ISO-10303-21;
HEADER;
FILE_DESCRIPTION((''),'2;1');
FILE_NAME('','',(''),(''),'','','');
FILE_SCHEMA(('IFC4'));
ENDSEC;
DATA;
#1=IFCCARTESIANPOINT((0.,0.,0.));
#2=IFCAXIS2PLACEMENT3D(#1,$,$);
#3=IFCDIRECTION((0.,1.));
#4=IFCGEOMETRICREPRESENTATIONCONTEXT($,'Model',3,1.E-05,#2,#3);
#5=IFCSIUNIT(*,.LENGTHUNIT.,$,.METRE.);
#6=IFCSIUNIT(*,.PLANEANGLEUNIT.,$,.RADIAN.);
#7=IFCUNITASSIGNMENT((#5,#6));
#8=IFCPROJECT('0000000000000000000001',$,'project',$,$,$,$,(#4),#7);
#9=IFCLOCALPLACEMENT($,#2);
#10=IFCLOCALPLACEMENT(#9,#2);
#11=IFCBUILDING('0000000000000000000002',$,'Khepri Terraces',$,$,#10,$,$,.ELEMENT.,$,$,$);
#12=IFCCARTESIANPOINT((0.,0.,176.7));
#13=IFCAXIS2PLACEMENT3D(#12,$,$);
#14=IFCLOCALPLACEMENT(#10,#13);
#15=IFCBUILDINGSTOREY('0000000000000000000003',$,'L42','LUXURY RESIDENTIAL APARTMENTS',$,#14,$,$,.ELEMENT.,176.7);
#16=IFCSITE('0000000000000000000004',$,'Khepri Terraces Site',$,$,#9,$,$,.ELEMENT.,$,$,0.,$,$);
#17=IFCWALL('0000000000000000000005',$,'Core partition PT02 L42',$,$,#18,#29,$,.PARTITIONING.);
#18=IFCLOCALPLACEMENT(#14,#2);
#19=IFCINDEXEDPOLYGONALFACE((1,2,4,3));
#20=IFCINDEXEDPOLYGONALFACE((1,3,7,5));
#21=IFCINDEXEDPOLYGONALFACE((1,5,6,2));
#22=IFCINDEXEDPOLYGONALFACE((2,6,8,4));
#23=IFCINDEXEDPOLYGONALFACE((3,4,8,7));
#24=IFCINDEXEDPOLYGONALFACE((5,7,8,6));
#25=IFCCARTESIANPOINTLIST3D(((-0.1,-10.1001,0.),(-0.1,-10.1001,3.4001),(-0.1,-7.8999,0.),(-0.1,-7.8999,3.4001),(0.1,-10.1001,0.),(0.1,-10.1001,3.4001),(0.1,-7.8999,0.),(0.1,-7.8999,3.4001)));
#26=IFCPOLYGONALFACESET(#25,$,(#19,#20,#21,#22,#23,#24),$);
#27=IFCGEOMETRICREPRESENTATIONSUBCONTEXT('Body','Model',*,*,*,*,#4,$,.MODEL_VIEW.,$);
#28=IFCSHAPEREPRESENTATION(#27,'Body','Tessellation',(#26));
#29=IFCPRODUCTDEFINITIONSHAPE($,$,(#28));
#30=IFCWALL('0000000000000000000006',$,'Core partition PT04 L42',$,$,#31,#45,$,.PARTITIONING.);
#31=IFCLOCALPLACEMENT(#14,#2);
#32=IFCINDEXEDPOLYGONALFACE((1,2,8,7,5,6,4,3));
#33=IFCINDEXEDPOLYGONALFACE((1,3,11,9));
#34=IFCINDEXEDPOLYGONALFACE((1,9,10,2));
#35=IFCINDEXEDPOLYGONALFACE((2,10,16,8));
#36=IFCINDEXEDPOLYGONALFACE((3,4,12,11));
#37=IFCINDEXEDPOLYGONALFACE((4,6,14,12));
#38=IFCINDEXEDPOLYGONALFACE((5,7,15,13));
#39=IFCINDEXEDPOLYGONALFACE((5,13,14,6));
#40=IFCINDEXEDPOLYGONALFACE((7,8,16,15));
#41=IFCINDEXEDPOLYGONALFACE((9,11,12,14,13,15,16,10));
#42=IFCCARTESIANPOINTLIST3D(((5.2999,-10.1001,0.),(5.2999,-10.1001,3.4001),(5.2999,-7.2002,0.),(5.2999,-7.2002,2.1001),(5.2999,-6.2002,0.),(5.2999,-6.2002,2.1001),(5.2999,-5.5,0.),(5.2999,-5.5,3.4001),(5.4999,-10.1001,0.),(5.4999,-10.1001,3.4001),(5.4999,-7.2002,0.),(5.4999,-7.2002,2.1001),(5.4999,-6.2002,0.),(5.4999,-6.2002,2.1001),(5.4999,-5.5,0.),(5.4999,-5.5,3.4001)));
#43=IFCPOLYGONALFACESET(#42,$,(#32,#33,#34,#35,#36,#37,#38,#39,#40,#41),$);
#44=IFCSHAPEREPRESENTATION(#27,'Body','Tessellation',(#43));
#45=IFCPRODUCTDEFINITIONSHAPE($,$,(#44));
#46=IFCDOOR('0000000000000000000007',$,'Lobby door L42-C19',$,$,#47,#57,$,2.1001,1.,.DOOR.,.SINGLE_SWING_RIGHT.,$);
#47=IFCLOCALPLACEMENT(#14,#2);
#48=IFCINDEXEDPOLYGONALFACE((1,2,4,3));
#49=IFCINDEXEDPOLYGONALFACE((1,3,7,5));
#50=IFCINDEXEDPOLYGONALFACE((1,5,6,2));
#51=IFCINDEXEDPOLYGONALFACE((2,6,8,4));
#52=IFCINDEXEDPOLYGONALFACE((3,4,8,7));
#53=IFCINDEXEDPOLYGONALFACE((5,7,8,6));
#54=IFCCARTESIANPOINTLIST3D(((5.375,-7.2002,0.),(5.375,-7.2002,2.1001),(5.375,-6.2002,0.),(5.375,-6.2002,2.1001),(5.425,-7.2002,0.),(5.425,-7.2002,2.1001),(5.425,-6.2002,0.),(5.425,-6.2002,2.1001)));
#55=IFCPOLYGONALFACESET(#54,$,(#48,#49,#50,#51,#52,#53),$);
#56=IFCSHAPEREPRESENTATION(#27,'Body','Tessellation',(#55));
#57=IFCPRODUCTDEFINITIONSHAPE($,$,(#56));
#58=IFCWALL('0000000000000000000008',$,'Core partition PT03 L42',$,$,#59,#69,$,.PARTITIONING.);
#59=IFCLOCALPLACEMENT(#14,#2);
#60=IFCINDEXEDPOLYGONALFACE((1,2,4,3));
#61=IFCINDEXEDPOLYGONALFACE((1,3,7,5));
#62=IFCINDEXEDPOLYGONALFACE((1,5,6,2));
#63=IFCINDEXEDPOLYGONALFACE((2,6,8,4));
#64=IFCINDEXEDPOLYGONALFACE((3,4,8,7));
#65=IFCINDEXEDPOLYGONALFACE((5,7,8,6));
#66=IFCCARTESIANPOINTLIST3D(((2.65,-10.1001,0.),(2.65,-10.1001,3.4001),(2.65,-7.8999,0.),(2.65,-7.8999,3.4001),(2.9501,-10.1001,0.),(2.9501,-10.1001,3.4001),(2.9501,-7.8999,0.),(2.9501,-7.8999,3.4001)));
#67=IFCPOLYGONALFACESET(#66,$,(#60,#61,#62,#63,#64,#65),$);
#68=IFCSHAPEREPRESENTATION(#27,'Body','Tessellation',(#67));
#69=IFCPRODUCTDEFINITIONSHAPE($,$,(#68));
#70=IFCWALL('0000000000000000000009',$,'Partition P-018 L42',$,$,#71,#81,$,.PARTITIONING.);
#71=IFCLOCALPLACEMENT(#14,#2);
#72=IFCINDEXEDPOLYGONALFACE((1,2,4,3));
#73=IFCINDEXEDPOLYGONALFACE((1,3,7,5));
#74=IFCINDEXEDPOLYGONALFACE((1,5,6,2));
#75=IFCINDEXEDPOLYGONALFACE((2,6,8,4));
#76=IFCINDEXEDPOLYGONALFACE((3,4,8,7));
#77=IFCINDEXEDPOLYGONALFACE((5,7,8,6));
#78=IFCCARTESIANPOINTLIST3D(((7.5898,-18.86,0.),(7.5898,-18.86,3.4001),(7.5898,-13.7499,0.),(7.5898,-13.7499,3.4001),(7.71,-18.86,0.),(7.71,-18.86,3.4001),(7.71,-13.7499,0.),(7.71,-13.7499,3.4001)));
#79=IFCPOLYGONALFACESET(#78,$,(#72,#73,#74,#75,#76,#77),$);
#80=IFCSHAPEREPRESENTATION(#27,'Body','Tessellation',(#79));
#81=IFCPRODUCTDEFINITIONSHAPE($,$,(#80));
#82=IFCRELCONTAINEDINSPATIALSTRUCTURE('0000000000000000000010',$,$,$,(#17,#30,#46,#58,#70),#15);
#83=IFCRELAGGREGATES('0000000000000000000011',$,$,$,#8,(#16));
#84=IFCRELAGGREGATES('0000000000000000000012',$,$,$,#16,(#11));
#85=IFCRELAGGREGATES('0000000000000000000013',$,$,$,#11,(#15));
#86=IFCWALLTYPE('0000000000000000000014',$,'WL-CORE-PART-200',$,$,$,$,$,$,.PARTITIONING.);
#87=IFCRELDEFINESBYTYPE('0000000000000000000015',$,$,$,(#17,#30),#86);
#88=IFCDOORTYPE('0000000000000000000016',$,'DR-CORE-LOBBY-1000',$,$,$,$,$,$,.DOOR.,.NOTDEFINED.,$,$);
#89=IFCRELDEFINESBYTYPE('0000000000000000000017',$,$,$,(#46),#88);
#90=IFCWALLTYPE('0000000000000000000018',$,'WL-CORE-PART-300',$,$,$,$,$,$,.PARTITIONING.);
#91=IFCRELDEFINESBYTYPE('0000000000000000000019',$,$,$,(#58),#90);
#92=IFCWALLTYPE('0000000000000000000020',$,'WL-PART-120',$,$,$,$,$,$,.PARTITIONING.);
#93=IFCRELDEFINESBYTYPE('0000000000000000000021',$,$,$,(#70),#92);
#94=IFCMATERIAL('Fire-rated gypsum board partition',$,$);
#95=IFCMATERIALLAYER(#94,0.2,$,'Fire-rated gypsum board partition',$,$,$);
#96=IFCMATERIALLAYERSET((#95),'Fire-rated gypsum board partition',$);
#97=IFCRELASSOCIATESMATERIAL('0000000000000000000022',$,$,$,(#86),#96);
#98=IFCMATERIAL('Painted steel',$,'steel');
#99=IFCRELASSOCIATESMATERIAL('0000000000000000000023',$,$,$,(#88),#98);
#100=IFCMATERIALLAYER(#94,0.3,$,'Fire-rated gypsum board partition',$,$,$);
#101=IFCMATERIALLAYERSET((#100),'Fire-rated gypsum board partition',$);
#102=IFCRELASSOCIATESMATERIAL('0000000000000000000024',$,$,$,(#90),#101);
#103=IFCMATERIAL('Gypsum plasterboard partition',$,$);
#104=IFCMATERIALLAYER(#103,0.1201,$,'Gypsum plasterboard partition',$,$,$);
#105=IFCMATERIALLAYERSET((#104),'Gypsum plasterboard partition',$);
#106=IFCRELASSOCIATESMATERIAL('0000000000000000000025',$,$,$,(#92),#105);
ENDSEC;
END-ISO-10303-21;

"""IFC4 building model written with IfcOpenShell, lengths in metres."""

from ifc_helpers import new_model, si_unit, direction, frame, frame_2d, origin, place, context, subcontext, project, spatial, rectangle, extrude, material, layer, layer_set, type_object, element, fill, save


model = new_model("IFC4")

# Units and contexts
model_context = context("Model", 3, precision=1e-05, world=origin(), true_north=direction((0.0, 1.0)))
body_context = subcontext(model_context, "Body", "Model", "MODEL_VIEW")
ifc_project = project(units=[si_unit("LENGTHUNIT", "METRE"), si_unit("PLANEANGLEUNIT", "RADIAN")], contexts=[model_context])

# Site, building, storey
site_placement = place(None, origin())
site = spatial("IfcSite", under=ifc_project, at=site_placement, Name="Khepri Terraces Site", CompositionType="ELEMENT", RefElevation=0.0)
building_placement = place(site_placement, origin())
building = spatial("IfcBuilding", under=site, at=building_placement, Name="Khepri Terraces", CompositionType="ELEMENT")
storey_placement = place(building_placement, frame((0.0, 0.0, 176.7)))
storey = spatial("IfcBuildingStorey", under=building, at=storey_placement, Name="L42", Description="LUXURY RESIDENTIAL APARTMENTS", CompositionType="ELEMENT", Elevation=176.7)

# Wall
ifc_material_1 = material(Name="Fire-rated gypsum board partition")
ifc_layer_1 = layer(ifc_material_1, 0.2, Name="Fire-rated gypsum board partition")
ifc_layer_set_1 = layer_set([ifc_layer_1], Name="Fire-rated gypsum board partition")
wall_type_1 = type_object("IfcWallType", Name="WL-CORE-PART-200", PredefinedType="PARTITIONING", material=ifc_layer_set_1)
wall_1_placement = place(storey_placement, frame((0.0, -10.1001, 0.0), z_axis=(0.0, 0.0, 1.0), x_axis=(0.0, 1.0, 0.0)))
element("IfcWall", 1, at=wall_1_placement, inside=storey, type_object=wall_type_1, Name="Core partition PT02 L42", PredefinedType="PARTITIONING", context=body_context, shape_type="SweptSolid", body=[
    extrude(rectangle(XDim=2.2002, YDim=0.2, at=frame_2d((1.1001, 0.0))), origin(), (0.0, 0.0, 1.0), 3.4001),
])

# Wall, opening, door
wall_2_placement = place(storey_placement, frame((5.3999, -10.1001, 0.0), z_axis=(0.0, 0.0, 1.0), x_axis=(0.0, 1.0, 0.0)))
wall_2 = element("IfcWall", 2, at=wall_2_placement, inside=storey, type_object=wall_type_1, Name="Core partition PT04 L42", PredefinedType="PARTITIONING", context=body_context, shape_type="SweptSolid", body=[
    extrude(rectangle(XDim=4.6001, YDim=0.2, at=frame_2d((2.3, 0.0))), origin(), (0.0, 0.0, 1.0), 3.4001),
])
opening_1_placement = place(wall_2_placement, frame((2.8999, 0.0, 0.0)))
opening_1 = element("IfcOpeningElement", 3, at=opening_1_placement, cuts=wall_2, PredefinedType="OPENING", context=body_context, shape_type="SweptSolid", body=[
    extrude(rectangle(XDim=1.0, YDim=2.1001, at=frame_2d((0.5, 1.05))), frame((0.0, 0.1099, 0.0), z_axis=(0.0, -1.0, 0.0), x_axis=(1.0, 0.0, 0.0)), (0.0, 0.0, 1.0), 0.22),
])
ifc_material_2 = material(Name="Painted steel", Category="steel")
door_type_1 = type_object("IfcDoorType", Name="DR-CORE-LOBBY-1000", OperationType="NOTDEFINED", PredefinedType="DOOR", material=ifc_material_2)
door_1_placement = place(opening_1_placement, origin())
door_1 = element("IfcDoor", 4, at=door_1_placement, inside=storey, type_object=door_type_1, Name="Lobby door L42-C19", OperationType="SINGLE_SWING_RIGHT", OverallHeight=2.1001, OverallWidth=1.0, PredefinedType="DOOR", context=body_context, shape_type="SweptSolid", body=[
    extrude(rectangle(XDim=1.0, YDim=2.1001, at=frame_2d((0.5, 1.05))), frame((0.0, 0.0249, 0.0), z_axis=(0.0, -1.0, 0.0), x_axis=(1.0, 0.0, 0.0)), (0.0, 0.0, 1.0), 0.05),
])
fill(opening_1, door_1)

# Walls
ifc_layer_2 = layer(ifc_material_1, 0.3, Name="Fire-rated gypsum board partition")
ifc_layer_set_2 = layer_set([ifc_layer_2], Name="Fire-rated gypsum board partition")
wall_type_2 = type_object("IfcWallType", Name="WL-CORE-PART-300", PredefinedType="PARTITIONING", material=ifc_layer_set_2)
wall_3_placement = place(storey_placement, frame((2.8, -10.1001, 0.0), z_axis=(0.0, 0.0, 1.0), x_axis=(0.0, 1.0, 0.0)))
element("IfcWall", 5, at=wall_3_placement, inside=storey, type_object=wall_type_2, Name="Core partition PT03 L42", PredefinedType="PARTITIONING", context=body_context, shape_type="SweptSolid", body=[
    extrude(rectangle(XDim=2.2002, YDim=0.3, at=frame_2d((1.1001, 0.0))), origin(), (0.0, 0.0, 1.0), 3.4001),
])
ifc_material_3 = material(Name="Gypsum plasterboard partition")
ifc_layer_3 = layer(ifc_material_3, 0.1201, Name="Gypsum plasterboard partition")
ifc_layer_set_3 = layer_set([ifc_layer_3], Name="Gypsum plasterboard partition")
wall_type_3 = type_object("IfcWallType", Name="WL-PART-120", PredefinedType="PARTITIONING", material=ifc_layer_set_3)
wall_4_placement = place(storey_placement, frame((7.6499, -18.8601, 0.0), z_axis=(0.0, 0.0, 1.0), x_axis=(0.0, 1.0, 0.0)))
element("IfcWall", 6, at=wall_4_placement, inside=storey, type_object=wall_type_3, Name="Partition P-018 L42", PredefinedType="PARTITIONING", context=body_context, shape_type="SweptSolid", body=[
    extrude(rectangle(XDim=5.1101, YDim=0.1201, at=frame_2d((2.5552, 0.0))), origin(), (0.0, 0.0, 1.0), 3.4001),
])

save(model, "model.ifc")
